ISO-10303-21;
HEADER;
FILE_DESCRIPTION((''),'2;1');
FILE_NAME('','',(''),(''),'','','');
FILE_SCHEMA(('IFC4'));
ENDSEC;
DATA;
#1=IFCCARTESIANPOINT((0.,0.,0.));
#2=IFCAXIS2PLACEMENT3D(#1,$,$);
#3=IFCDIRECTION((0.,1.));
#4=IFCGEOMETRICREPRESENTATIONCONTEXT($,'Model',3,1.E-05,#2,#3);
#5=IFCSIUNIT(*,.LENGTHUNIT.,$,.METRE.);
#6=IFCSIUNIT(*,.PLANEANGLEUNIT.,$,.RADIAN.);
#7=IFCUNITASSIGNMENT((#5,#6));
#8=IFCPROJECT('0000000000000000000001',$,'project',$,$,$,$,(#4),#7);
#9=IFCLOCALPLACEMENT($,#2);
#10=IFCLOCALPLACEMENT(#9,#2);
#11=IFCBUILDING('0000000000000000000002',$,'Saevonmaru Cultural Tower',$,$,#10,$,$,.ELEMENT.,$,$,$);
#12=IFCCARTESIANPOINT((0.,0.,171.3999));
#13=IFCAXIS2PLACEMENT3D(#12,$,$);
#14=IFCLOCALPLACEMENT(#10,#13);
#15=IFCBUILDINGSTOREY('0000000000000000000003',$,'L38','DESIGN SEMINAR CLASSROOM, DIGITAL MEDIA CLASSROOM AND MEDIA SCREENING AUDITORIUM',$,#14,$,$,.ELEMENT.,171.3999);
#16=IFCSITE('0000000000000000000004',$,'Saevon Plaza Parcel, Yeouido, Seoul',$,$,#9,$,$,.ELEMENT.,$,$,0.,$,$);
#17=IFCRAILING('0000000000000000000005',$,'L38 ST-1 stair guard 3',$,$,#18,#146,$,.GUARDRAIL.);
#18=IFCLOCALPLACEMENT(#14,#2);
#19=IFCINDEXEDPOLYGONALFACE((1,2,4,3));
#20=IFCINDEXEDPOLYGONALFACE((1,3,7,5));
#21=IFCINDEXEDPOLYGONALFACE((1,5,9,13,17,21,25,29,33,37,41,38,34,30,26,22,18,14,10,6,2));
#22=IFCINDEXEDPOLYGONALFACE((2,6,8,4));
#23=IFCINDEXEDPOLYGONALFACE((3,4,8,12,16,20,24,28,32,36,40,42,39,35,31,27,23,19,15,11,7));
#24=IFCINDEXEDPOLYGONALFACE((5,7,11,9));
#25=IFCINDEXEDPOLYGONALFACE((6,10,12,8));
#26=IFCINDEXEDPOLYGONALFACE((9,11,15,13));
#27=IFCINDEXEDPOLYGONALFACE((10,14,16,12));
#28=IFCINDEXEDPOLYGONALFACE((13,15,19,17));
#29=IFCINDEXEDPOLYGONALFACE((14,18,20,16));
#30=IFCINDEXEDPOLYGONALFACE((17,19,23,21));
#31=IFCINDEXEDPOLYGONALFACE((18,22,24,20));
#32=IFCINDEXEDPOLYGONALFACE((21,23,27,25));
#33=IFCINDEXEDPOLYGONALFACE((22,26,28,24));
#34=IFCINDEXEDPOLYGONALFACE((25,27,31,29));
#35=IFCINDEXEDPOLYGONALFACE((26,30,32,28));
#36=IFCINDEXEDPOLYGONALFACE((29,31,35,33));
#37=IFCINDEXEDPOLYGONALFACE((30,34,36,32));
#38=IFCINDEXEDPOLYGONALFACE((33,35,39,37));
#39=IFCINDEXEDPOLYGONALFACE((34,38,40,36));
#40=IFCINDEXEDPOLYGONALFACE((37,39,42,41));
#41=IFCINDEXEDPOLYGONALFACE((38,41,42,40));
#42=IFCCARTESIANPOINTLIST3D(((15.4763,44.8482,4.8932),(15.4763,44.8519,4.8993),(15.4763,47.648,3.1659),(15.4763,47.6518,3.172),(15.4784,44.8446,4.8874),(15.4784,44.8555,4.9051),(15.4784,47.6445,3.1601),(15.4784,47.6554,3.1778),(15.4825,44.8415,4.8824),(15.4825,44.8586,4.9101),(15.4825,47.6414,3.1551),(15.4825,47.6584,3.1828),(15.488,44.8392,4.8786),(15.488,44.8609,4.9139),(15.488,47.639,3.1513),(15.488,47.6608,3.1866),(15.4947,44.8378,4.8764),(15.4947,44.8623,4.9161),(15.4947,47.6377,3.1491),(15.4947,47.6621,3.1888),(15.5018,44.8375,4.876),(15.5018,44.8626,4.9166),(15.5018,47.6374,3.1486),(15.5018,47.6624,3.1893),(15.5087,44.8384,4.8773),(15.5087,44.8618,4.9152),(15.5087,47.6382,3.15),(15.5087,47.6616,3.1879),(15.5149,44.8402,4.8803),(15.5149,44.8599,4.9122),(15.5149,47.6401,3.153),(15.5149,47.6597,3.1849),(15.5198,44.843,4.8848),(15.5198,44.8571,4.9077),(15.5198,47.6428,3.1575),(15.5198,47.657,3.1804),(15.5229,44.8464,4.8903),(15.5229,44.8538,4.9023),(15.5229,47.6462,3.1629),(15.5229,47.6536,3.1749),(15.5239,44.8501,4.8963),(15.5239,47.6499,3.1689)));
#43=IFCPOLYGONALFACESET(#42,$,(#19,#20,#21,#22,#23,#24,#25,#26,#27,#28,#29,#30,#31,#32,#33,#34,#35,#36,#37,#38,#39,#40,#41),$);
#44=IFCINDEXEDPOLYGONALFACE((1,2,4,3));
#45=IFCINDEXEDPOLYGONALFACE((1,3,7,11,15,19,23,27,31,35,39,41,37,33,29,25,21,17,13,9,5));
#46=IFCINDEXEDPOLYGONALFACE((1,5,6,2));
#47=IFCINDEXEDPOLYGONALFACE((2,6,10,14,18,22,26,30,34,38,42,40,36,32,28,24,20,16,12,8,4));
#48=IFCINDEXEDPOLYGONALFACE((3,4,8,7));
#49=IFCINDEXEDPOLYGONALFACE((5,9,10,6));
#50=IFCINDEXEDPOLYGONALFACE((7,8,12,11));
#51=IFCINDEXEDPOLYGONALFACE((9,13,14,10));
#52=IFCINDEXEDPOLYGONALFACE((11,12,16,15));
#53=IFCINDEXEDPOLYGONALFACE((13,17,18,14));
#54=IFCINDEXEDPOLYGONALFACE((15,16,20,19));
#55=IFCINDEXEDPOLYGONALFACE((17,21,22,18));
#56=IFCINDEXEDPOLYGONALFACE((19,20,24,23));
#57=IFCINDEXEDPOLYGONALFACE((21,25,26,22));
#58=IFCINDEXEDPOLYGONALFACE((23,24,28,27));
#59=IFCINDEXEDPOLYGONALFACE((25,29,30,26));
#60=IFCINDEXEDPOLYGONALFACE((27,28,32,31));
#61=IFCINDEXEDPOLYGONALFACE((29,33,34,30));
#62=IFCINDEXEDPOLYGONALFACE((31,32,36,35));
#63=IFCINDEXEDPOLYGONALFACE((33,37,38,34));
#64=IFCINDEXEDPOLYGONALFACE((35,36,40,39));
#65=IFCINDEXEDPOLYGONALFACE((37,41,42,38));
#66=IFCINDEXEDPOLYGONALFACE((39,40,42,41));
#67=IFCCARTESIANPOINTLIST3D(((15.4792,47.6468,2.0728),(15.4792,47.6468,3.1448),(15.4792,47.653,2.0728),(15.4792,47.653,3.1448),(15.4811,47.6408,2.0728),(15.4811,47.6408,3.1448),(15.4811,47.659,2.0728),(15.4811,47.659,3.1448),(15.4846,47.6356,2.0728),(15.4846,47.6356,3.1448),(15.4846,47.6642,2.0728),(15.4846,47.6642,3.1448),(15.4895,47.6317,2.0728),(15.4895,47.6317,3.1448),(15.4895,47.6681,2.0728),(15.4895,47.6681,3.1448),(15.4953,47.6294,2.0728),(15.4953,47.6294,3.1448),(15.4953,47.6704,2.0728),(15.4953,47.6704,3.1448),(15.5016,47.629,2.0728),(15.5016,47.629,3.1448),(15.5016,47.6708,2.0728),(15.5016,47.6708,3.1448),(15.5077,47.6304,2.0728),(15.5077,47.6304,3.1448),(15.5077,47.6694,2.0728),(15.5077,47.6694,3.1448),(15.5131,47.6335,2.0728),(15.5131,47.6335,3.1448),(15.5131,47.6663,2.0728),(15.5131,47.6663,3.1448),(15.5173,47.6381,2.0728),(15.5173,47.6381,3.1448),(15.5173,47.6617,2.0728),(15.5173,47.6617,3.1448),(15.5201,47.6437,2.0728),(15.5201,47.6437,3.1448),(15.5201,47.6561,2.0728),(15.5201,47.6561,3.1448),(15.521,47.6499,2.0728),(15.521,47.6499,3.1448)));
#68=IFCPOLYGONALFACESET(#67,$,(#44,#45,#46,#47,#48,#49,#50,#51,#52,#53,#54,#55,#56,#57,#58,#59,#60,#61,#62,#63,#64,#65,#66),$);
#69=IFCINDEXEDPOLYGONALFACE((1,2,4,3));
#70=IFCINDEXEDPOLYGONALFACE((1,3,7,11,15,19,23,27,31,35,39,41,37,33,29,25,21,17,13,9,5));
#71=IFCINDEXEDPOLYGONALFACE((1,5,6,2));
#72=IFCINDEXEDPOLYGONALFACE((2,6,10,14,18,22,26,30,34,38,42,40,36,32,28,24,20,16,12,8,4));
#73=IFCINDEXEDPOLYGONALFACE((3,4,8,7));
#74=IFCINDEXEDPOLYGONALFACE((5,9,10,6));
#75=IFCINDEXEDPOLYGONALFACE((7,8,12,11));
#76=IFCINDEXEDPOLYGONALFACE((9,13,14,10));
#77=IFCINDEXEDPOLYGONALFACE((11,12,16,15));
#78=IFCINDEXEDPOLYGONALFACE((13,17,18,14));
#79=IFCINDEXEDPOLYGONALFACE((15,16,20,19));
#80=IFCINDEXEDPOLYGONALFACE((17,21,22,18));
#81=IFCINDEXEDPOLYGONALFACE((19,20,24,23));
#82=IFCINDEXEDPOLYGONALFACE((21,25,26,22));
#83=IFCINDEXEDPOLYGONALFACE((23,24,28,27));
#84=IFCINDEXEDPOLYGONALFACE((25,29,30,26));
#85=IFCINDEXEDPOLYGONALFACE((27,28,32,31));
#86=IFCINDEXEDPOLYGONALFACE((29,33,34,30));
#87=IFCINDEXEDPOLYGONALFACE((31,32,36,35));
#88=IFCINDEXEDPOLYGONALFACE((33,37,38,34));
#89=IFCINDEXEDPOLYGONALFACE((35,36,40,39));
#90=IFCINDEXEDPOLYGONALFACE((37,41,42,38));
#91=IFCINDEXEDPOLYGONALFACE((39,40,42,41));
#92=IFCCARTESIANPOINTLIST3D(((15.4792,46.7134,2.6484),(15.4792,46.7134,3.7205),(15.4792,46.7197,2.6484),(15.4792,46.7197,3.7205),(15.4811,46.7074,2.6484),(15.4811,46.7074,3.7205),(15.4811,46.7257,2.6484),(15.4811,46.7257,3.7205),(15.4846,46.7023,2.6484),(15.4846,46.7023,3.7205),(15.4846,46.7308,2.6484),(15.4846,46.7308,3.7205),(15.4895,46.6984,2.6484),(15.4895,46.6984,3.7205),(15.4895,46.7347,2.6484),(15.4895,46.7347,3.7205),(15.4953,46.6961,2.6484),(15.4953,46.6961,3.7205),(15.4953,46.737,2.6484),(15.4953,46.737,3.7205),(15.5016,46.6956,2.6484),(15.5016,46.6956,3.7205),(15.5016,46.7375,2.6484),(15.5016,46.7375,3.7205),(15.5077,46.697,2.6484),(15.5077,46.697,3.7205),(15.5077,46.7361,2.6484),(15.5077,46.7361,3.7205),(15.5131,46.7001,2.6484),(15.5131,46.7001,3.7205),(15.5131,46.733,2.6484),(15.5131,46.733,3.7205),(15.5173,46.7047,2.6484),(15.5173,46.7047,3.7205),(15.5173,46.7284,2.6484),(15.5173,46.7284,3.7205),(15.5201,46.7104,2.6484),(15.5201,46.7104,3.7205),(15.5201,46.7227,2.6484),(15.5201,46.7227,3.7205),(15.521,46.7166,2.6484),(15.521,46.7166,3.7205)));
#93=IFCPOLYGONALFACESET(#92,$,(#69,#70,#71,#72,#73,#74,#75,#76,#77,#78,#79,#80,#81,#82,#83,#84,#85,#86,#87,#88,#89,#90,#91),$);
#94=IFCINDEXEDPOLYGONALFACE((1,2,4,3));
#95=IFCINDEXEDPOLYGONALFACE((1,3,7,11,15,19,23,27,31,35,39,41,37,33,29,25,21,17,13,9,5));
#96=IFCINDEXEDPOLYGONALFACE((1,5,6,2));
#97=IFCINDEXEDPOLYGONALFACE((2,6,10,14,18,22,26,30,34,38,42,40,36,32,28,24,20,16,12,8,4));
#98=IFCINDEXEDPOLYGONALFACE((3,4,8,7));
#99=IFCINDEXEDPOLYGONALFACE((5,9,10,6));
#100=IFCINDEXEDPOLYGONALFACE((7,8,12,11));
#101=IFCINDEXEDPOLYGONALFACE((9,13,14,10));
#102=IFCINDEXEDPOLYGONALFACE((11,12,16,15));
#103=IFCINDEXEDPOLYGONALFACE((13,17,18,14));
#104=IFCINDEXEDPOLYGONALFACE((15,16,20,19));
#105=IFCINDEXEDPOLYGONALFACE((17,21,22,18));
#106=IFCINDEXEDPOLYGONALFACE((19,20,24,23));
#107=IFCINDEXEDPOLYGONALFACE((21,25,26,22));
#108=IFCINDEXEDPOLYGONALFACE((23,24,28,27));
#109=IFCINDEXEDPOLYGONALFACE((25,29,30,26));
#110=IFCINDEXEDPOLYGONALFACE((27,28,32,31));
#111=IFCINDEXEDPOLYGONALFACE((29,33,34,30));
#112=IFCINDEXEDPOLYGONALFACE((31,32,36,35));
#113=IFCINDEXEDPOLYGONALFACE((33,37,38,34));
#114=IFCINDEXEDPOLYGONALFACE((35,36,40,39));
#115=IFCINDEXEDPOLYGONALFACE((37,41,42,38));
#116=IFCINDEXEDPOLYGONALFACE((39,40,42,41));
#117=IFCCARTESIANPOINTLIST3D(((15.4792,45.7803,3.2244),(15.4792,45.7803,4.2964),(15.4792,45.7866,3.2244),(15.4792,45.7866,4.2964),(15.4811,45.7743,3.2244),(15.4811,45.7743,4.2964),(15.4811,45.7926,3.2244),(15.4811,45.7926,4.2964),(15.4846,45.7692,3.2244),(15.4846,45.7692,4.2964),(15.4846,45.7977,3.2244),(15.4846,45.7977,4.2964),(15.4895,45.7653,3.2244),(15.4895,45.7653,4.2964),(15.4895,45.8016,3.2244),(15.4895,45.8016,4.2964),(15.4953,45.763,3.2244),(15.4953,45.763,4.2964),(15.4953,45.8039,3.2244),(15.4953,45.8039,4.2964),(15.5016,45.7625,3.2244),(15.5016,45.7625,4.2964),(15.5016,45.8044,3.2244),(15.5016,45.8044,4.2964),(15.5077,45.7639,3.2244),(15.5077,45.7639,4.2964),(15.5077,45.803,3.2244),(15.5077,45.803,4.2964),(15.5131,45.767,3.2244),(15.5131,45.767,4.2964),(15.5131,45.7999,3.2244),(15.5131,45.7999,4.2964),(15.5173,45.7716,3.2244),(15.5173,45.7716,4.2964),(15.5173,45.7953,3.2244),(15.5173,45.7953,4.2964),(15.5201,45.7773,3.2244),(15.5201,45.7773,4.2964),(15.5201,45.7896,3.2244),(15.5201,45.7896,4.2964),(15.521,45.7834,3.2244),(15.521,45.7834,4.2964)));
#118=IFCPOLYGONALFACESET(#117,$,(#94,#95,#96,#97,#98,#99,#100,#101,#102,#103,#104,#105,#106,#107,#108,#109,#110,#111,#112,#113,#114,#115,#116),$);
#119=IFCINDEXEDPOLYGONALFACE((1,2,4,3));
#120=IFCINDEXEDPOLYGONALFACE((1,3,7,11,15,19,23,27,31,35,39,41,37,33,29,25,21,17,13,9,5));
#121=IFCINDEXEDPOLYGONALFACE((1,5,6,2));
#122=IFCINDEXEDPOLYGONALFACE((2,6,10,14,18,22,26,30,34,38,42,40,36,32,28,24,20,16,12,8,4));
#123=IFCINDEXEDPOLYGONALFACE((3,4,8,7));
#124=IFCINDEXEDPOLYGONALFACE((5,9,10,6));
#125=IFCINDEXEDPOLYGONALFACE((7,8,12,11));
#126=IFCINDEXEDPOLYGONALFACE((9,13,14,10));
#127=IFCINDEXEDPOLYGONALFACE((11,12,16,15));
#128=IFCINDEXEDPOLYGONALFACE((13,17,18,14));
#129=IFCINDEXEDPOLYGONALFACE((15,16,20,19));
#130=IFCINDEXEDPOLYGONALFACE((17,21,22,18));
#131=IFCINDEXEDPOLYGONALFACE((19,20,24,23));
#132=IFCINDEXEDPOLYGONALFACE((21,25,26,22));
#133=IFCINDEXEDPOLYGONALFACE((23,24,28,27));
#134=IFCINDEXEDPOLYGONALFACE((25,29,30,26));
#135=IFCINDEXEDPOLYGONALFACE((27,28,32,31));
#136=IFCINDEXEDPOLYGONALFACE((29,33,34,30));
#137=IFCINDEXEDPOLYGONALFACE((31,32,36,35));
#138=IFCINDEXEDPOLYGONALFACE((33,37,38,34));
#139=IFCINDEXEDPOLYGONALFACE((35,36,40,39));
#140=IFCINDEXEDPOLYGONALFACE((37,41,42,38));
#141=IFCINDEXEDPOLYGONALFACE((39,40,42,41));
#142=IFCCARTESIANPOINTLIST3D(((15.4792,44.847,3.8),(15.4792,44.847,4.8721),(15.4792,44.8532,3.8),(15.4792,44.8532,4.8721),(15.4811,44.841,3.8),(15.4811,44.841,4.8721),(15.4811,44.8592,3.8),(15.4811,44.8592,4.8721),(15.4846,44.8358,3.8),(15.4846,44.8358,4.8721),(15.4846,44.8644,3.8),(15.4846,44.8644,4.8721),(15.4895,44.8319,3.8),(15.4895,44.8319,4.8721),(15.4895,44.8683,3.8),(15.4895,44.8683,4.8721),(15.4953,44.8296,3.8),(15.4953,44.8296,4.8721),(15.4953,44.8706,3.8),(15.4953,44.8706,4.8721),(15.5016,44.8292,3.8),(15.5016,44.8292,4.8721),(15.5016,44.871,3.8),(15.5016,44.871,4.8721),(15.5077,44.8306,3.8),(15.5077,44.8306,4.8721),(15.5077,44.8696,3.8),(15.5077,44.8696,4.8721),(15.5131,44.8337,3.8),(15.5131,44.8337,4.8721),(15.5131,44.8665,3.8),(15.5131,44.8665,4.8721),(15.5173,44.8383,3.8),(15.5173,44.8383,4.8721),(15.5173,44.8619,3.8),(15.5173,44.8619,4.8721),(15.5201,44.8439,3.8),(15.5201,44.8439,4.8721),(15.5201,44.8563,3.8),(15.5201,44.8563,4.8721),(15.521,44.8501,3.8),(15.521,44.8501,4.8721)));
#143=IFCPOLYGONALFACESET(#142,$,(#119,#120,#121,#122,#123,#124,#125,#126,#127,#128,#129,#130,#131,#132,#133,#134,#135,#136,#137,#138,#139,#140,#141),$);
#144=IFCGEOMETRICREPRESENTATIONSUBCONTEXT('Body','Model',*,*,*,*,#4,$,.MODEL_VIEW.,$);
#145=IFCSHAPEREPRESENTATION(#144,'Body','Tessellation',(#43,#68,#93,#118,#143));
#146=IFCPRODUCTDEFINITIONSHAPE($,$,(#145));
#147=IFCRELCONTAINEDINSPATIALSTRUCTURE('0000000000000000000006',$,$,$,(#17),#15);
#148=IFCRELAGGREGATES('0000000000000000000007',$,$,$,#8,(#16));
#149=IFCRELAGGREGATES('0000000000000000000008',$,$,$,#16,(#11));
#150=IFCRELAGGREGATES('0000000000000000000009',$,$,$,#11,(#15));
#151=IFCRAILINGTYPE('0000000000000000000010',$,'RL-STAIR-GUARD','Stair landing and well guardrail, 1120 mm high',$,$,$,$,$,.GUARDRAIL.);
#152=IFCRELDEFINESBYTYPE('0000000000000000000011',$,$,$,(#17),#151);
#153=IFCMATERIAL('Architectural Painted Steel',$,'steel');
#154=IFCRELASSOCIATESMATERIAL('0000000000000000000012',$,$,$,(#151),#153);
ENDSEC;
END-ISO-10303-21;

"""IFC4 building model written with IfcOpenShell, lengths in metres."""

from ifc_helpers import new_model, si_unit, direction, frame, origin, origin_2d, place, context, subcontext, project, spatial, circle, extrude, material, type_object, element, save


model = new_model("IFC4")

# Units and contexts
model_context = context("Model", 3, precision=1e-05, world=origin(), true_north=direction((0.0, 1.0)))
body_context = subcontext(model_context, "Body", "Model", "MODEL_VIEW")
ifc_project = project(units=[si_unit("LENGTHUNIT", "METRE"), si_unit("PLANEANGLEUNIT", "RADIAN")], contexts=[model_context])

# Site, building, storey
site_placement = place(None, origin())
site = spatial("IfcSite", under=ifc_project, at=site_placement, Name="Saevon Plaza Parcel, Yeouido, Seoul", CompositionType="ELEMENT", RefElevation=0.0)
building_placement = place(site_placement, origin())
building = spatial("IfcBuilding", under=site, at=building_placement, Name="Saevonmaru Cultural Tower", CompositionType="ELEMENT")
storey_placement = place(building_placement, frame((0.0, 0.0, 171.3999)))
storey = spatial("IfcBuildingStorey", under=building, at=storey_placement, Name="L38", Description="DESIGN SEMINAR CLASSROOM, DIGITAL MEDIA CLASSROOM AND MEDIA SCREENING AUDITORIUM", CompositionType="ELEMENT", Elevation=171.3999)

# Railing
ifc_material_1 = material(Name="Architectural Painted Steel", Category="steel")
railing_type_1 = type_object("IfcRailingType", Name="RL-STAIR-GUARD", Description="Stair landing and well guardrail, 1120 mm high", PredefinedType="GUARDRAIL", material=ifc_material_1)
railing_1_placement = place(storey_placement, frame((15.5, 47.6499, 2.0728)))
element("IfcRailing", 1, at=railing_1_placement, inside=storey, type_object=railing_type_1, Name="L38 ST-1 stair guard 3", PredefinedType="GUARDRAIL", context=body_context, shape_type="SweptSolid", body=[
    extrude(circle(Radius=0.0239, at=origin_2d()), frame((0.0, 0.0, 1.0962), z_axis=(0.0, -0.851069, 0.525054), x_axis=(1.0, 0.0, 0.0)), (0.0, 0.0, 1.0), 3.2898),
    extrude(circle(Radius=0.021, at=origin_2d()), origin(), (0.0, 0.0, 1.0), 1.072),
    extrude(circle(Radius=0.021, at=origin_2d()), frame((0.0, -0.9333, 0.5757)), (0.0, 0.0, 1.0), 1.072),
    extrude(circle(Radius=0.021, at=origin_2d()), frame((0.0, -1.8665, 1.1516)), (0.0, 0.0, 1.0), 1.072),
    extrude(circle(Radius=0.021, at=origin_2d()), frame((0.0, -2.7998, 1.7273)), (0.0, 0.0, 1.0), 1.072),
])

save(model, "model.ifc")
